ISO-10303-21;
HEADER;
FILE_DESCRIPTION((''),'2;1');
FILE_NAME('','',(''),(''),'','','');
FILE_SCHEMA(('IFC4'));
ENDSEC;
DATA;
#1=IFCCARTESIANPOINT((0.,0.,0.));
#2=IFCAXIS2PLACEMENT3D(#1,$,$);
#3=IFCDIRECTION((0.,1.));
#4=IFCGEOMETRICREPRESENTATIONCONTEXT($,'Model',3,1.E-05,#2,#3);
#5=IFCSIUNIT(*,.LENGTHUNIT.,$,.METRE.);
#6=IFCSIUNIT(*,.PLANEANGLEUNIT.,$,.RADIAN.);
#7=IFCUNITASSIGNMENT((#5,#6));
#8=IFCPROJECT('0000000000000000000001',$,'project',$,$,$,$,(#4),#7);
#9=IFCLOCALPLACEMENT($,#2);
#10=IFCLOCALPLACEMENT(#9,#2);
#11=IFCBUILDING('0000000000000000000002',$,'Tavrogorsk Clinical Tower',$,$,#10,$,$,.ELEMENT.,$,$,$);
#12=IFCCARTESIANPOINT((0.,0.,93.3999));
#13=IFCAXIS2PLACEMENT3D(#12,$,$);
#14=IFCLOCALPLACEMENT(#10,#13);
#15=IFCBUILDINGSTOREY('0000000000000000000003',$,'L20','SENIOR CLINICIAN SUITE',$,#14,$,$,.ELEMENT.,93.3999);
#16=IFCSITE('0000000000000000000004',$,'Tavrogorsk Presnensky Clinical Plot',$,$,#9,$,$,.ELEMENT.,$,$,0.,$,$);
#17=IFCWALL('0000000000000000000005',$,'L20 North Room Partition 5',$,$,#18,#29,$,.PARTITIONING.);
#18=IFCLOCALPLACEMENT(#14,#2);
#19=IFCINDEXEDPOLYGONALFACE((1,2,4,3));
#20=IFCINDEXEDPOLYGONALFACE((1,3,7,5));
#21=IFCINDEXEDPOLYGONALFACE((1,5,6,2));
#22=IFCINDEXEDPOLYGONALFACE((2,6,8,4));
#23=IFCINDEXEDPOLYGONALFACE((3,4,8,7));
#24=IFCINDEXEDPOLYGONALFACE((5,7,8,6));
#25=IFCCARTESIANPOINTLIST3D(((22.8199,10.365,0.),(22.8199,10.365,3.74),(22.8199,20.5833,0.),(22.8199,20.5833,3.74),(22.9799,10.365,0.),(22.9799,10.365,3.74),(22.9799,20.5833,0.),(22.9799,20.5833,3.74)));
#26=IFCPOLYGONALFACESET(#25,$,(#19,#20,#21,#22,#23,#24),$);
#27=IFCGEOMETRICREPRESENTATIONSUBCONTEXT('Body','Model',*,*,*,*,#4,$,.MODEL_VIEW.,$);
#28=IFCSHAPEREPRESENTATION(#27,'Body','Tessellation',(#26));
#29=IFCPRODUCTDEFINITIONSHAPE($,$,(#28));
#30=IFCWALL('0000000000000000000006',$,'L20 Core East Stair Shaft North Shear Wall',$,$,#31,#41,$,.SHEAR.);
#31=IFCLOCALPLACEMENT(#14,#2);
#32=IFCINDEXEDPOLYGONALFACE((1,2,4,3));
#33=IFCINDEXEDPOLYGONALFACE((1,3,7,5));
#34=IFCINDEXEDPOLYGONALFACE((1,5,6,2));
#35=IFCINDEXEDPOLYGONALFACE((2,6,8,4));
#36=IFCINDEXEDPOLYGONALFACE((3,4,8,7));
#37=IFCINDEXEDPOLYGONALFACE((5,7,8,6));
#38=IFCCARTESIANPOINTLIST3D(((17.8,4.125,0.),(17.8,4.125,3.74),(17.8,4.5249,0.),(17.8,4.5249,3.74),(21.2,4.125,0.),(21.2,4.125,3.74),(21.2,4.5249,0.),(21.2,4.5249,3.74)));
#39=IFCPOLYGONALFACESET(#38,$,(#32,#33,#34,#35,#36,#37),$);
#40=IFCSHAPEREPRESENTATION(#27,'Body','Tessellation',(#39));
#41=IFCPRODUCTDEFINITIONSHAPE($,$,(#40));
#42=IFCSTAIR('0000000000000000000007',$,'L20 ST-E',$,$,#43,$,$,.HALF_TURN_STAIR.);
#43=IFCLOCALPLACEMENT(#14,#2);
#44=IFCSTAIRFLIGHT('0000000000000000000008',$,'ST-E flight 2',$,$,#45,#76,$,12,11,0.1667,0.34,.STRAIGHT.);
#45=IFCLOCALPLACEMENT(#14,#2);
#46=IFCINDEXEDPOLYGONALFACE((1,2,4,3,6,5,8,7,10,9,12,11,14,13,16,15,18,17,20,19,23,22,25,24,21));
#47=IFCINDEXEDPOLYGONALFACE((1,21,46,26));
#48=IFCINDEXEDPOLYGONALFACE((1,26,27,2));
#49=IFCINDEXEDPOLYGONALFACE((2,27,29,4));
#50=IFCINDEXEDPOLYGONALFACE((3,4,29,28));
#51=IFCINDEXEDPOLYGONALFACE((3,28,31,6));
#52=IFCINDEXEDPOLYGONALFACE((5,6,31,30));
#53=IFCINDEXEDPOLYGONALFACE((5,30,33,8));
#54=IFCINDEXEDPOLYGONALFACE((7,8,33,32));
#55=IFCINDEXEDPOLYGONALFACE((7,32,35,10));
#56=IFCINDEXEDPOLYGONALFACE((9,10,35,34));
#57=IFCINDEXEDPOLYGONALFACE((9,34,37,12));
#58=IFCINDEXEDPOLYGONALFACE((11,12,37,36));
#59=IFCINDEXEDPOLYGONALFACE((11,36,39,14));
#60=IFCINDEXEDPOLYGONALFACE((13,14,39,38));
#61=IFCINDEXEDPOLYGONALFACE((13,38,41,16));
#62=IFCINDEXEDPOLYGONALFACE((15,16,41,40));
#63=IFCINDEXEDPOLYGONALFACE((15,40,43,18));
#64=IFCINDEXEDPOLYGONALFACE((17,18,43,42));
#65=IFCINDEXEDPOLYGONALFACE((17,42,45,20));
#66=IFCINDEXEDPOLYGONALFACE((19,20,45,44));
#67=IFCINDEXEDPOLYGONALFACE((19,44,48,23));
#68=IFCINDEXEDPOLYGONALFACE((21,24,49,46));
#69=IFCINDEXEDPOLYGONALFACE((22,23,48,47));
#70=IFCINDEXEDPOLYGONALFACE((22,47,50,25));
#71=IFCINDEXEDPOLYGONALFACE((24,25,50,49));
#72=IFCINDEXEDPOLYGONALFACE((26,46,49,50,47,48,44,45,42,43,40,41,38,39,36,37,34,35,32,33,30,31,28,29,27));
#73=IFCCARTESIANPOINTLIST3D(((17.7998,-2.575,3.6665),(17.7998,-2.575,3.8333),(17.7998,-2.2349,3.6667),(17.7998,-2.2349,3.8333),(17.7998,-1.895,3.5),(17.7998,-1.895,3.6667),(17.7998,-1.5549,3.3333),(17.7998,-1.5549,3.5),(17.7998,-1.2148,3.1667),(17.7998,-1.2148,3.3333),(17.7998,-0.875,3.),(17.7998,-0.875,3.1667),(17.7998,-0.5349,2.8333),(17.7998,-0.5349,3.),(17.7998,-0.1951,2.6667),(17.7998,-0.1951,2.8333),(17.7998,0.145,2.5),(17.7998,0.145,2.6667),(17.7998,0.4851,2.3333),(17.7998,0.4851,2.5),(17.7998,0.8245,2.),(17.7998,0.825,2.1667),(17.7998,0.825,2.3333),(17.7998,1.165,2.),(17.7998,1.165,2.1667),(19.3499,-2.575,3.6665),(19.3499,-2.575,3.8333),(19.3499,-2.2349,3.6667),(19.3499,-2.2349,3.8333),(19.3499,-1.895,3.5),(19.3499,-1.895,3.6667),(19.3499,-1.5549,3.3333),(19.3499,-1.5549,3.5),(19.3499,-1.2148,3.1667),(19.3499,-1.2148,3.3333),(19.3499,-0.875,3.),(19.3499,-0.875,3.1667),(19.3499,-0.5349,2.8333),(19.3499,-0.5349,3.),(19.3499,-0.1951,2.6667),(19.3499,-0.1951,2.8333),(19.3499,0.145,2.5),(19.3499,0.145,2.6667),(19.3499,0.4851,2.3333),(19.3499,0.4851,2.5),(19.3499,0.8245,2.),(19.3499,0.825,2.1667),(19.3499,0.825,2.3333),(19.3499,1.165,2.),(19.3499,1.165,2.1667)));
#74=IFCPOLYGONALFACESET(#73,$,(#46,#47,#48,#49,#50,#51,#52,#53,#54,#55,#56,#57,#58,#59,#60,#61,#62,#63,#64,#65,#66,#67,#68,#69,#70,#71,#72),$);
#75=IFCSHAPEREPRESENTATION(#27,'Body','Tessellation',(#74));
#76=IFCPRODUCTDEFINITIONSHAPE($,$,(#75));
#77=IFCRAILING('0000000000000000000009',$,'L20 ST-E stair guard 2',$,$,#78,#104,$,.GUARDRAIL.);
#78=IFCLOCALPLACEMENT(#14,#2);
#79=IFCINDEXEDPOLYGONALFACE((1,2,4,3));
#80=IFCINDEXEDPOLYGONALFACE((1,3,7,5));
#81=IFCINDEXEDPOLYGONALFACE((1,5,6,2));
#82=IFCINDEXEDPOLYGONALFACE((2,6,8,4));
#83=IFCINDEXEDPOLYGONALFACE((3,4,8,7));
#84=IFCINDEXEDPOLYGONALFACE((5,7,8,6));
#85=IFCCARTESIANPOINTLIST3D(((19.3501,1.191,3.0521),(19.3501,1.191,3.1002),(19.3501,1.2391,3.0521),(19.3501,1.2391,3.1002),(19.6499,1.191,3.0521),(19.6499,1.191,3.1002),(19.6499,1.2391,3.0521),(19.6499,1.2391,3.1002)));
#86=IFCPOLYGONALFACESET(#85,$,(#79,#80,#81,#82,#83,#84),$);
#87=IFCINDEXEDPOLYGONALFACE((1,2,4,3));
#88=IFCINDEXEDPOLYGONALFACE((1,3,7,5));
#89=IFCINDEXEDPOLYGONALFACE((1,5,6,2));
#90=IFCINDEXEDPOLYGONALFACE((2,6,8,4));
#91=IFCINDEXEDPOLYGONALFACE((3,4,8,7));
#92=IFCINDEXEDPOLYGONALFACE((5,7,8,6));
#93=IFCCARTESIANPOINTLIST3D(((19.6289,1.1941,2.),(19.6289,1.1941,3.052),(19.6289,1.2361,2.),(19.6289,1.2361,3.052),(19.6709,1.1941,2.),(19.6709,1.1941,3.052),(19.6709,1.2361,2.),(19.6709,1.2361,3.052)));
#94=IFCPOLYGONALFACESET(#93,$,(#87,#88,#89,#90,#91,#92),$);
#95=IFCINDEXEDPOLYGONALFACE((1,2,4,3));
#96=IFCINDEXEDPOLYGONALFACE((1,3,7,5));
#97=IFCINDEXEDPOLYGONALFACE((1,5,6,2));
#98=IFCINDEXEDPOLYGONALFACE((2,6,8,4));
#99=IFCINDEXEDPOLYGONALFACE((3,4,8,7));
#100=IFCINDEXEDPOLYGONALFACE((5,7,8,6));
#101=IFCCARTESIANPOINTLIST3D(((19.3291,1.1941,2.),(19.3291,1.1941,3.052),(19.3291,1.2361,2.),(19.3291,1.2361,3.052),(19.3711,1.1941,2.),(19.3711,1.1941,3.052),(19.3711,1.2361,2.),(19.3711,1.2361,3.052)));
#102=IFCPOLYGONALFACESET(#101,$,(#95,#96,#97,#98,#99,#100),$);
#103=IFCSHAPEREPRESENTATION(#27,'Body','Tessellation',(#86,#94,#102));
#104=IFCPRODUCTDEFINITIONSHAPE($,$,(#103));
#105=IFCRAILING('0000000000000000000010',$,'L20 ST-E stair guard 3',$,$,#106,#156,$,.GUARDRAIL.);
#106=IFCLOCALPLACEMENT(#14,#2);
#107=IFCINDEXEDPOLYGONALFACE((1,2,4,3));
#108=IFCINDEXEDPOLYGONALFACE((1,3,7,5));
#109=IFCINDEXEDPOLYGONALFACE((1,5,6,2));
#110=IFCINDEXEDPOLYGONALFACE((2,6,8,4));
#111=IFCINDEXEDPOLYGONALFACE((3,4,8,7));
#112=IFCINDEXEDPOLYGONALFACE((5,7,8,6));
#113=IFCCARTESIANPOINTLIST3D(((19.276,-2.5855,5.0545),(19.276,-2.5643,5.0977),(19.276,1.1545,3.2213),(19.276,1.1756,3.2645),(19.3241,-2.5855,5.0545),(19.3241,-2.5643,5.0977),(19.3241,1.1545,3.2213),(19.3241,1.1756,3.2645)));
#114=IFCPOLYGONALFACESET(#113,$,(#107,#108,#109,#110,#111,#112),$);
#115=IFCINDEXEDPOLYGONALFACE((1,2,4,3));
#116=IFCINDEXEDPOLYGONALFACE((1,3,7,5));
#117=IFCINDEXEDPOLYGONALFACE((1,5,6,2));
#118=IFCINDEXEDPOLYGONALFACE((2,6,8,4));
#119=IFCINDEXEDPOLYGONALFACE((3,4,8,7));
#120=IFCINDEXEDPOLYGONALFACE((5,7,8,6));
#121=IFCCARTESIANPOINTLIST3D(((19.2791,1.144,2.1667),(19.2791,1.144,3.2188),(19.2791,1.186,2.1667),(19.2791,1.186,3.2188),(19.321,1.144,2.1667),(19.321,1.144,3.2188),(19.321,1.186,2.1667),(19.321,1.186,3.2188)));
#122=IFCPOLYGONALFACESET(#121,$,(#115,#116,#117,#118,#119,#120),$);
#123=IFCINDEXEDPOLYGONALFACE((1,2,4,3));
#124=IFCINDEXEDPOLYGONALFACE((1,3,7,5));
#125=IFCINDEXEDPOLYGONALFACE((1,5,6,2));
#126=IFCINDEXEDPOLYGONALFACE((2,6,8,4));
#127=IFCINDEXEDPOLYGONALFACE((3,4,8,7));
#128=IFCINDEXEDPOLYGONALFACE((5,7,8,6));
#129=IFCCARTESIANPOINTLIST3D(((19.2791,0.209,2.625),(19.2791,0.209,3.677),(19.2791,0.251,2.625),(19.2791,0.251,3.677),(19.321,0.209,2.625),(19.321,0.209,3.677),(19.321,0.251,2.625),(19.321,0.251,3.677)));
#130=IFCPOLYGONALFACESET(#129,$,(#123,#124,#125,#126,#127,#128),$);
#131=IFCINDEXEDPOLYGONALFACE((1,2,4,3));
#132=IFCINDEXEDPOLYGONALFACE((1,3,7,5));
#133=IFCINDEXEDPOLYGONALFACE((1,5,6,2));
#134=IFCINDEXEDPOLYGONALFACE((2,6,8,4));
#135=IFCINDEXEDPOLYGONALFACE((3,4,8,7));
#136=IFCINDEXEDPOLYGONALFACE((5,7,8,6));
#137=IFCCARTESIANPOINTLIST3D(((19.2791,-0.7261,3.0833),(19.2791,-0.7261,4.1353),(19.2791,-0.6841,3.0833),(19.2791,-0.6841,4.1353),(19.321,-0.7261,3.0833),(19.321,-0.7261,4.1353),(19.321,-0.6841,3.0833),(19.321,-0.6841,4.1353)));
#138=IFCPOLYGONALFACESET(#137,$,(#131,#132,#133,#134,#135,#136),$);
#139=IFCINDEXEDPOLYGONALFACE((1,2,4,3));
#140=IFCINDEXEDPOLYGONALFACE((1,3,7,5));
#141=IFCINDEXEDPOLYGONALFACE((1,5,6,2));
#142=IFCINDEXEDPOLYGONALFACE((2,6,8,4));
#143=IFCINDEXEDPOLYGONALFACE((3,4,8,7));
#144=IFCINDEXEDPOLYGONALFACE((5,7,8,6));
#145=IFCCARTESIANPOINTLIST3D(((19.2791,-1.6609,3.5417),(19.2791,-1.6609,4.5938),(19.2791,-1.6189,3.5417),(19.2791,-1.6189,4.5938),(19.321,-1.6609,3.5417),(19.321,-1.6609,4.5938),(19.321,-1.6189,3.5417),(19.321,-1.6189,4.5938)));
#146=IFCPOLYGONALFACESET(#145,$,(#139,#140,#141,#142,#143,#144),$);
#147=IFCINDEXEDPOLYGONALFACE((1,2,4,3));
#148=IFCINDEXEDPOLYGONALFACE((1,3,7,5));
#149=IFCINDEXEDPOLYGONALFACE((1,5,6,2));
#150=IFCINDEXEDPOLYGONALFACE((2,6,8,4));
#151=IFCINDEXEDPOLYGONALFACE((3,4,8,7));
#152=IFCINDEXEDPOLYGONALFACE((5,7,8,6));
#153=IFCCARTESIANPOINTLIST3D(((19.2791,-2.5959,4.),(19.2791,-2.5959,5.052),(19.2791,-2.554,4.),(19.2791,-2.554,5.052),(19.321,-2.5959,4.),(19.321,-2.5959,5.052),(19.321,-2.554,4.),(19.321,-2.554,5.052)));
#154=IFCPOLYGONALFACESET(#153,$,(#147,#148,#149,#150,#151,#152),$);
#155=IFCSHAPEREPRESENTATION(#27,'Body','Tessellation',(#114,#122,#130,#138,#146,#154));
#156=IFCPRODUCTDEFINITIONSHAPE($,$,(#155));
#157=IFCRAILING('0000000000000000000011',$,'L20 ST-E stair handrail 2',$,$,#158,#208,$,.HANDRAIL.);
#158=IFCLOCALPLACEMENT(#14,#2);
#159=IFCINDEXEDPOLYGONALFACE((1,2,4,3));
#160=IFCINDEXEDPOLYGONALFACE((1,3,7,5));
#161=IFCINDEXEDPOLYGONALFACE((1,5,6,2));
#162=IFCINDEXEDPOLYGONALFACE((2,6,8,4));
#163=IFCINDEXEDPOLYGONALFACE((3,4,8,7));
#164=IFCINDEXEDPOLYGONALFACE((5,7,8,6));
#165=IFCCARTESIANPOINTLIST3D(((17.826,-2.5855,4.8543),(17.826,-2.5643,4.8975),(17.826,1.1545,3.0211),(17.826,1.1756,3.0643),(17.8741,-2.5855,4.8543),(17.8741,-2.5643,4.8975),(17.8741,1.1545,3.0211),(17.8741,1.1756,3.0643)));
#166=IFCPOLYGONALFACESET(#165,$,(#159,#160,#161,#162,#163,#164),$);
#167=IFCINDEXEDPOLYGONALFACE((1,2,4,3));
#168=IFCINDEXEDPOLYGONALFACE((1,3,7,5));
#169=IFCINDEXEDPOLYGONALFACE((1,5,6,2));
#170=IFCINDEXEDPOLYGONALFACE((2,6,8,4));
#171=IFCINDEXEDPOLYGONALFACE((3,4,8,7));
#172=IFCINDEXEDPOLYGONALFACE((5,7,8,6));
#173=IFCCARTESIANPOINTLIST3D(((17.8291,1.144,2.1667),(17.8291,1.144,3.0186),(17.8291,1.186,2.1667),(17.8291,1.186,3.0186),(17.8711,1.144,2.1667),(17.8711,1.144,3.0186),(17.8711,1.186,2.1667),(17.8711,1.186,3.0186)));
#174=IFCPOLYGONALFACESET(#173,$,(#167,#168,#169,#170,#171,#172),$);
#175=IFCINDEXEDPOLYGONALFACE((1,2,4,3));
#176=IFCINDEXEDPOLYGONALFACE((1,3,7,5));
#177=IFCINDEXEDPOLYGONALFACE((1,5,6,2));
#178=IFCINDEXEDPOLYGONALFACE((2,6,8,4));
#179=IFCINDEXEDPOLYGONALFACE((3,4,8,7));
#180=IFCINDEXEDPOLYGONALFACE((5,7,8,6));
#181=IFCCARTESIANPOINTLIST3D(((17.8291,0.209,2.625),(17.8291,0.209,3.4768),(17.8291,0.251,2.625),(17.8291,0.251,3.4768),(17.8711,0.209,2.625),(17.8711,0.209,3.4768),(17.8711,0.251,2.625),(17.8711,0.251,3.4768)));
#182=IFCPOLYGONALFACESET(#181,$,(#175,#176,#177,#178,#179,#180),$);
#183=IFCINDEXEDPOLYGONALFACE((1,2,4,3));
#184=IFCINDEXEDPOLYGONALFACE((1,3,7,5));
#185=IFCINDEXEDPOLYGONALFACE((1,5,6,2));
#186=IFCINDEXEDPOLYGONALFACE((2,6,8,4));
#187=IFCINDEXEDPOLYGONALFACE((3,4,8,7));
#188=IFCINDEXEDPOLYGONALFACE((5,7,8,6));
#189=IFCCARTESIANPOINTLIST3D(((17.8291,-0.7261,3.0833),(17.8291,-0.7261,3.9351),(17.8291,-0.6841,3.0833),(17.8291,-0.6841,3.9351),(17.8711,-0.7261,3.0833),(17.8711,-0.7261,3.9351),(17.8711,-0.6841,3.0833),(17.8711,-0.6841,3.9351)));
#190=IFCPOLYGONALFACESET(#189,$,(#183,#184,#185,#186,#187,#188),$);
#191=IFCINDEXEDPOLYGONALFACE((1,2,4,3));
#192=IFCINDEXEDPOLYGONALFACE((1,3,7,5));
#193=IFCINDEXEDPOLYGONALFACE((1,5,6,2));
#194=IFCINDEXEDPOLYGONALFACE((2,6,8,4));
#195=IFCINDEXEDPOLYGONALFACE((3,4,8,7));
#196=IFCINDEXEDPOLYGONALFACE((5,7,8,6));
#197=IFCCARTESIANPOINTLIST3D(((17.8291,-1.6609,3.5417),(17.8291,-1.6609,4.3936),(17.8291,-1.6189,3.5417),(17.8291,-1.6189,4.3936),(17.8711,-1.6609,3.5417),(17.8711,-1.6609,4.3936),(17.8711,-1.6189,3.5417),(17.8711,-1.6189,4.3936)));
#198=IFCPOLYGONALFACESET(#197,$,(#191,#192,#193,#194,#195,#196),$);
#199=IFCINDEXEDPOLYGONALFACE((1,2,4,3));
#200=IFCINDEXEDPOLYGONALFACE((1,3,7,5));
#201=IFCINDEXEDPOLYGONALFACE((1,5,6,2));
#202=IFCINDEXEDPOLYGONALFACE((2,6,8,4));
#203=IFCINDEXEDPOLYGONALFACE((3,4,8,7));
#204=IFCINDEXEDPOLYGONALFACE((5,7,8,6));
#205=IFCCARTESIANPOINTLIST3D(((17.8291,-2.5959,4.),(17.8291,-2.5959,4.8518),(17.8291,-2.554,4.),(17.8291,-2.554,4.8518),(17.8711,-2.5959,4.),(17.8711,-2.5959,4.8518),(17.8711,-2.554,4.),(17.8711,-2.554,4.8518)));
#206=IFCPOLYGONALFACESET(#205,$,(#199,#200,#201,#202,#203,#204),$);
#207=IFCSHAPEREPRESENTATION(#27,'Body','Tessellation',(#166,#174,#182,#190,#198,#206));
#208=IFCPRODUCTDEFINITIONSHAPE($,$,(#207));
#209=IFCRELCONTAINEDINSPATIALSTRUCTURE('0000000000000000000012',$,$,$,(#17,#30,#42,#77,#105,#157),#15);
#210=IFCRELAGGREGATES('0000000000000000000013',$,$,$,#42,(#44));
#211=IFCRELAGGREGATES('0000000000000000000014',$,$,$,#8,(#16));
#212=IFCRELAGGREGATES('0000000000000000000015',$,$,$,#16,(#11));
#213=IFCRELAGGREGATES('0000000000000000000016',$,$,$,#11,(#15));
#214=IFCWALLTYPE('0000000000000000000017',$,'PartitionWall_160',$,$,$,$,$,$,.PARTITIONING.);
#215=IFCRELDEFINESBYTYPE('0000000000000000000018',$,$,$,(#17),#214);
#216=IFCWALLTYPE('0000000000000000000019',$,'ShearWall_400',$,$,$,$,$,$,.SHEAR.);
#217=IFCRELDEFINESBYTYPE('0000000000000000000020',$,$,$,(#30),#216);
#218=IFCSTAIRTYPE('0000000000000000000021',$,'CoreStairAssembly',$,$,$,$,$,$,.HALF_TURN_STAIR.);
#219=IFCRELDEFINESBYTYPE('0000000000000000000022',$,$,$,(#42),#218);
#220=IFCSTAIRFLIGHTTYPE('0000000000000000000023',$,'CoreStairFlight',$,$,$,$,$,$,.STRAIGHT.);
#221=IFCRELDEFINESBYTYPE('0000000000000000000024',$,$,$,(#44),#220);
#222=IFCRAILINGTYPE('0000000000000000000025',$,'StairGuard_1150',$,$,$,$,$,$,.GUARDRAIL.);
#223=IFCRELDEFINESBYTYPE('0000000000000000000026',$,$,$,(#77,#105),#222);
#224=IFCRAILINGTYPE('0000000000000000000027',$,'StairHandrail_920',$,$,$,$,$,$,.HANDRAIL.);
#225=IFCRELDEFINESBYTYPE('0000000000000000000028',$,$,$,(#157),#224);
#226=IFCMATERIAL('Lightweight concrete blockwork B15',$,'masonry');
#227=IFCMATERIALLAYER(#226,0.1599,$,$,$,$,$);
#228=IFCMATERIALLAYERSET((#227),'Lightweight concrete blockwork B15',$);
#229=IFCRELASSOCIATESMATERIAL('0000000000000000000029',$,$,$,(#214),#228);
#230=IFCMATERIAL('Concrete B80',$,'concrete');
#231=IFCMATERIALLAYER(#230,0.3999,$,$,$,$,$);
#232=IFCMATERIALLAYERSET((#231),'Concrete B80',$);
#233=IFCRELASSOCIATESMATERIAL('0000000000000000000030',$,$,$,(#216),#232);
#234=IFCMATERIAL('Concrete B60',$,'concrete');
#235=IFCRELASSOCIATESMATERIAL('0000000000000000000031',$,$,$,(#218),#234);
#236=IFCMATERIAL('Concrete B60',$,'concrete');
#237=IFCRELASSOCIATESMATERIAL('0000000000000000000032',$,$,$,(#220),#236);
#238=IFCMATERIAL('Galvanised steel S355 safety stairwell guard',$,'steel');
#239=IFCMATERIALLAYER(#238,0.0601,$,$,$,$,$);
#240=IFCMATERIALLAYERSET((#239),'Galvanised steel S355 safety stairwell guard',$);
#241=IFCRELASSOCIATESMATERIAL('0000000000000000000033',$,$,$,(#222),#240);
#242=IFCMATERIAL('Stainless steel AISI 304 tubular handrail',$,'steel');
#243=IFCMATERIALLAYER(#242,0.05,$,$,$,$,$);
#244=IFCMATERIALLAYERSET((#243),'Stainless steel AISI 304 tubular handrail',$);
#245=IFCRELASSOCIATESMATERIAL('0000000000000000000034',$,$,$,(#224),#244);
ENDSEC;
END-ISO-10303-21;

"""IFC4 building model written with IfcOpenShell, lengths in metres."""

from ifc_helpers import new_model, si_unit, direction, frame, frame_2d, origin, origin_2d, place, context, subcontext, project, spatial, polyline, rectangle, outline, extrude, material, layer, layer_set, type_object, element, aggregate, save


model = new_model("IFC4")

# Units and contexts
model_context = context("Model", 3, precision=1e-05, world=origin(), true_north=direction((0.0, 1.0)))
body_context = subcontext(model_context, "Body", "Model", "MODEL_VIEW")
ifc_project = project(units=[si_unit("LENGTHUNIT", "METRE"), si_unit("PLANEANGLEUNIT", "RADIAN")], contexts=[model_context])

# Site, building, storey
site_placement = place(None, origin())
site = spatial("IfcSite", under=ifc_project, at=site_placement, Name="Tavrogorsk Presnensky Clinical Plot", CompositionType="ELEMENT", RefElevation=0.0)
building_placement = place(site_placement, origin())
building = spatial("IfcBuilding", under=site, at=building_placement, Name="Tavrogorsk Clinical Tower", CompositionType="ELEMENT")
storey_placement = place(building_placement, frame((0.0, 0.0, 93.3999)))
storey = spatial("IfcBuildingStorey", under=building, at=storey_placement, Name="L20", Description="SENIOR CLINICIAN SUITE", CompositionType="ELEMENT", Elevation=93.3999)

# Shared definitions
ifc_material_1 = material(Name="Lightweight concrete blockwork B15", Category="masonry")
ifc_layer_1 = layer(ifc_material_1, 0.1599)
ifc_layer_set_1 = layer_set([ifc_layer_1], Name="Lightweight concrete blockwork B15")
wall_type_1 = type_object("IfcWallType", Name="PartitionWall_160", PredefinedType="PARTITIONING", material=ifc_layer_set_1)

# Walls
wall_1_placement = place(storey_placement, frame((22.8999, 10.365, 0.0), z_axis=(0.0, 0.0, 1.0), x_axis=(0.0, 1.0, 0.0)))
element("IfcWall", 1, at=wall_1_placement, inside=storey, type_object=wall_type_1, Name="L20 North Room Partition 5", PredefinedType="PARTITIONING", context=body_context, shape_type="SweptSolid", body=[
    extrude(rectangle(XDim=10.2183, YDim=0.1599, at=frame_2d((5.1091, 0.0))), origin(), (0.0, 0.0, 1.0), 3.74),
])
ifc_material_2 = material(Name="Concrete B80", Category="concrete")
ifc_layer_2 = layer(ifc_material_2, 0.3999)
ifc_layer_set_2 = layer_set([ifc_layer_2], Name="Concrete B80")
wall_type_2 = type_object("IfcWallType", Name="ShearWall_400", PredefinedType="SHEAR", material=ifc_layer_set_2)
wall_2_placement = place(storey_placement, frame((17.8, 4.325, 0.0), z_axis=(0.0, 0.0, 1.0), x_axis=(1.0, 0.0, 0.0)))
element("IfcWall", 2, at=wall_2_placement, inside=storey, type_object=wall_type_2, Name="L20 Core East Stair Shaft North Shear Wall", PredefinedType="SHEAR", context=body_context, shape_type="SweptSolid", body=[
    extrude(rectangle(XDim=3.3999, YDim=0.3999, at=frame_2d((1.7, 0.0))), origin(), (0.0, 0.0, 1.0), 3.74),
])

# Stair, stair flight
ifc_material_3 = material(Name="Concrete B60", Category="concrete")
stair_type = type_object("IfcStairType", Name="CoreStairAssembly", PredefinedType="HALF_TURN_STAIR", material=ifc_material_3)
stair_placement = place(storey_placement, origin())
stair = element("IfcStair", 3, at=stair_placement, inside=storey, type_object=stair_type, Name="L20 ST-E", PredefinedType="HALF_TURN_STAIR")
ifc_material_4 = material(Name="Concrete B60", Category="concrete")
stair_flight_type = type_object("IfcStairFlightType", Name="CoreStairFlight", PredefinedType="STRAIGHT", material=ifc_material_4)
stair_flight_placement = place(storey_placement, frame((18.575, 1.165, 2.0), z_axis=(0.0, 0.0, 1.0), x_axis=(0.0, -1.0, 0.0)))
stair_flight = element("IfcStairFlight", 4, at=stair_flight_placement, type_object=stair_flight_type, Name="ST-E flight 2", NumberOfRisers=12, NumberOfTreads=11, PredefinedType="STRAIGHT", RiserHeight=0.1667, TreadLength=0.34, context=body_context, shape_type="SweptSolid", body=[
    extrude(outline(polyline([(0.0, 0.0), (0.0, 0.1667), (0.3401, 0.1667), (0.3401, 0.3333), (0.6799, 0.3333), (0.6799, 0.5), (1.02, 0.5), (1.02, 0.6667), (1.3601, 0.6667), (1.3601, 0.8333), (1.7, 0.8333), (1.7, 1.0), (2.04, 1.0), (2.04, 1.1667), (2.3799, 1.1667), (2.3799, 1.3333), (2.72, 1.3333), (2.72, 1.5), (3.0601, 1.5), (3.0601, 1.6667), (3.3999, 1.6667), (3.3999, 1.8333), (3.74, 1.8333), (3.74, 2.0), (3.74, 1.6665), (0.3406, 0.0), (0.0, 0.0)])), frame((0.0, 0.7749, 0.0), z_axis=(0.0, -1.0, 0.0), x_axis=(1.0, 0.0, 0.0)), (0.0, 0.0, 1.0), 1.55),
])
aggregate(stair, [stair_flight])

# Railings
ifc_material_5 = material(Name="Galvanised steel S355 safety stairwell guard", Category="steel")
ifc_layer_3 = layer(ifc_material_5, 0.0601)
ifc_layer_set_3 = layer_set([ifc_layer_3], Name="Galvanised steel S355 safety stairwell guard")
railing_type_1 = type_object("IfcRailingType", Name="StairGuard_1150", PredefinedType="GUARDRAIL", material=ifc_layer_set_3)
railing_1_placement = place(storey_placement, frame((19.6499, 1.2151, 2.0)))
element("IfcRailing", 5, at=railing_1_placement, inside=storey, type_object=railing_type_1, Name="L20 ST-E stair guard 2", PredefinedType="GUARDRAIL", context=body_context, shape_type="SweptSolid", body=[
    extrude(rectangle(XDim=0.0481, YDim=0.0481, at=origin_2d()), frame((0.0, 0.0, 1.0762), z_axis=(-1.0, 0.0, 0.0), x_axis=(0.0, -1.0, 0.0)), (0.0, 0.0, 1.0), 0.2998),
    extrude(rectangle(XDim=0.042, YDim=0.042, at=origin_2d()), origin(), (0.0, 0.0, 1.0), 1.052),
    extrude(rectangle(XDim=0.042, YDim=0.042, at=origin_2d()), frame((-0.2998, 0.0, 0.0)), (0.0, 0.0, 1.0), 1.052),
])
railing_2_placement = place(storey_placement, frame((19.3, 1.165, 2.1667)))
element("IfcRailing", 6, at=railing_2_placement, inside=storey, type_object=railing_type_1, Name="L20 ST-E stair guard 3", PredefinedType="GUARDRAIL", context=body_context, shape_type="SweptSolid", body=[
    extrude(rectangle(XDim=0.0481, YDim=0.0481, at=origin_2d()), frame((0.0, 0.0, 1.0762), z_axis=(0.0, -0.897928, 0.440142), x_axis=(1.0, 0.0, 0.0)), (0.0, 0.0, 1.0), 4.165),
    extrude(rectangle(XDim=0.042, YDim=0.042, at=origin_2d()), origin(), (0.0, 0.0, 1.0), 1.052),
    extrude(rectangle(XDim=0.042, YDim=0.042, at=origin_2d()), frame((0.0, -0.9351, 0.4583)), (0.0, 0.0, 1.0), 1.052),
    extrude(rectangle(XDim=0.042, YDim=0.042, at=origin_2d()), frame((0.0, -1.8701, 0.9165)), (0.0, 0.0, 1.0), 1.052),
    extrude(rectangle(XDim=0.042, YDim=0.042, at=origin_2d()), frame((0.0, -2.8049, 1.375)), (0.0, 0.0, 1.0), 1.052),
    extrude(rectangle(XDim=0.042, YDim=0.042, at=origin_2d()), frame((0.0, -3.74, 1.8333)), (0.0, 0.0, 1.0), 1.052),
])
ifc_material_6 = material(Name="Stainless steel AISI 304 tubular handrail", Category="steel")
ifc_layer_4 = layer(ifc_material_6, 0.05)
ifc_layer_set_4 = layer_set([ifc_layer_4], Name="Stainless steel AISI 304 tubular handrail")
railing_type_2 = type_object("IfcRailingType", Name="StairHandrail_920", PredefinedType="HANDRAIL", material=ifc_layer_set_4)
railing_3_placement = place(storey_placement, frame((17.8501, 1.165, 2.1667)))
element("IfcRailing", 7, at=railing_3_placement, inside=storey, type_object=railing_type_2, Name="L20 ST-E stair handrail 2", PredefinedType="HANDRAIL", context=body_context, shape_type="SweptSolid", body=[
    extrude(rectangle(XDim=0.0481, YDim=0.0481, at=origin_2d()), frame((0.0, 0.0, 0.876), z_axis=(0.0, -0.897928, 0.440142), x_axis=(1.0, 0.0, 0.0)), (0.0, 0.0, 1.0), 4.165),
    extrude(rectangle(XDim=0.042, YDim=0.042, at=origin_2d()), origin(), (0.0, 0.0, 1.0), 0.8518),
    extrude(rectangle(XDim=0.042, YDim=0.042, at=origin_2d()), frame((0.0, -0.9351, 0.4583)), (0.0, 0.0, 1.0), 0.8518),
    extrude(rectangle(XDim=0.042, YDim=0.042, at=origin_2d()), frame((0.0, -1.8701, 0.9165)), (0.0, 0.0, 1.0), 0.8518),
    extrude(rectangle(XDim=0.042, YDim=0.042, at=origin_2d()), frame((0.0, -2.8049, 1.375)), (0.0, 0.0, 1.0), 0.8518),
    extrude(rectangle(XDim=0.042, YDim=0.042, at=origin_2d()), frame((0.0, -3.74, 1.8333)), (0.0, 0.0, 1.0), 0.8518),
])

save(model, "model.ifc")
